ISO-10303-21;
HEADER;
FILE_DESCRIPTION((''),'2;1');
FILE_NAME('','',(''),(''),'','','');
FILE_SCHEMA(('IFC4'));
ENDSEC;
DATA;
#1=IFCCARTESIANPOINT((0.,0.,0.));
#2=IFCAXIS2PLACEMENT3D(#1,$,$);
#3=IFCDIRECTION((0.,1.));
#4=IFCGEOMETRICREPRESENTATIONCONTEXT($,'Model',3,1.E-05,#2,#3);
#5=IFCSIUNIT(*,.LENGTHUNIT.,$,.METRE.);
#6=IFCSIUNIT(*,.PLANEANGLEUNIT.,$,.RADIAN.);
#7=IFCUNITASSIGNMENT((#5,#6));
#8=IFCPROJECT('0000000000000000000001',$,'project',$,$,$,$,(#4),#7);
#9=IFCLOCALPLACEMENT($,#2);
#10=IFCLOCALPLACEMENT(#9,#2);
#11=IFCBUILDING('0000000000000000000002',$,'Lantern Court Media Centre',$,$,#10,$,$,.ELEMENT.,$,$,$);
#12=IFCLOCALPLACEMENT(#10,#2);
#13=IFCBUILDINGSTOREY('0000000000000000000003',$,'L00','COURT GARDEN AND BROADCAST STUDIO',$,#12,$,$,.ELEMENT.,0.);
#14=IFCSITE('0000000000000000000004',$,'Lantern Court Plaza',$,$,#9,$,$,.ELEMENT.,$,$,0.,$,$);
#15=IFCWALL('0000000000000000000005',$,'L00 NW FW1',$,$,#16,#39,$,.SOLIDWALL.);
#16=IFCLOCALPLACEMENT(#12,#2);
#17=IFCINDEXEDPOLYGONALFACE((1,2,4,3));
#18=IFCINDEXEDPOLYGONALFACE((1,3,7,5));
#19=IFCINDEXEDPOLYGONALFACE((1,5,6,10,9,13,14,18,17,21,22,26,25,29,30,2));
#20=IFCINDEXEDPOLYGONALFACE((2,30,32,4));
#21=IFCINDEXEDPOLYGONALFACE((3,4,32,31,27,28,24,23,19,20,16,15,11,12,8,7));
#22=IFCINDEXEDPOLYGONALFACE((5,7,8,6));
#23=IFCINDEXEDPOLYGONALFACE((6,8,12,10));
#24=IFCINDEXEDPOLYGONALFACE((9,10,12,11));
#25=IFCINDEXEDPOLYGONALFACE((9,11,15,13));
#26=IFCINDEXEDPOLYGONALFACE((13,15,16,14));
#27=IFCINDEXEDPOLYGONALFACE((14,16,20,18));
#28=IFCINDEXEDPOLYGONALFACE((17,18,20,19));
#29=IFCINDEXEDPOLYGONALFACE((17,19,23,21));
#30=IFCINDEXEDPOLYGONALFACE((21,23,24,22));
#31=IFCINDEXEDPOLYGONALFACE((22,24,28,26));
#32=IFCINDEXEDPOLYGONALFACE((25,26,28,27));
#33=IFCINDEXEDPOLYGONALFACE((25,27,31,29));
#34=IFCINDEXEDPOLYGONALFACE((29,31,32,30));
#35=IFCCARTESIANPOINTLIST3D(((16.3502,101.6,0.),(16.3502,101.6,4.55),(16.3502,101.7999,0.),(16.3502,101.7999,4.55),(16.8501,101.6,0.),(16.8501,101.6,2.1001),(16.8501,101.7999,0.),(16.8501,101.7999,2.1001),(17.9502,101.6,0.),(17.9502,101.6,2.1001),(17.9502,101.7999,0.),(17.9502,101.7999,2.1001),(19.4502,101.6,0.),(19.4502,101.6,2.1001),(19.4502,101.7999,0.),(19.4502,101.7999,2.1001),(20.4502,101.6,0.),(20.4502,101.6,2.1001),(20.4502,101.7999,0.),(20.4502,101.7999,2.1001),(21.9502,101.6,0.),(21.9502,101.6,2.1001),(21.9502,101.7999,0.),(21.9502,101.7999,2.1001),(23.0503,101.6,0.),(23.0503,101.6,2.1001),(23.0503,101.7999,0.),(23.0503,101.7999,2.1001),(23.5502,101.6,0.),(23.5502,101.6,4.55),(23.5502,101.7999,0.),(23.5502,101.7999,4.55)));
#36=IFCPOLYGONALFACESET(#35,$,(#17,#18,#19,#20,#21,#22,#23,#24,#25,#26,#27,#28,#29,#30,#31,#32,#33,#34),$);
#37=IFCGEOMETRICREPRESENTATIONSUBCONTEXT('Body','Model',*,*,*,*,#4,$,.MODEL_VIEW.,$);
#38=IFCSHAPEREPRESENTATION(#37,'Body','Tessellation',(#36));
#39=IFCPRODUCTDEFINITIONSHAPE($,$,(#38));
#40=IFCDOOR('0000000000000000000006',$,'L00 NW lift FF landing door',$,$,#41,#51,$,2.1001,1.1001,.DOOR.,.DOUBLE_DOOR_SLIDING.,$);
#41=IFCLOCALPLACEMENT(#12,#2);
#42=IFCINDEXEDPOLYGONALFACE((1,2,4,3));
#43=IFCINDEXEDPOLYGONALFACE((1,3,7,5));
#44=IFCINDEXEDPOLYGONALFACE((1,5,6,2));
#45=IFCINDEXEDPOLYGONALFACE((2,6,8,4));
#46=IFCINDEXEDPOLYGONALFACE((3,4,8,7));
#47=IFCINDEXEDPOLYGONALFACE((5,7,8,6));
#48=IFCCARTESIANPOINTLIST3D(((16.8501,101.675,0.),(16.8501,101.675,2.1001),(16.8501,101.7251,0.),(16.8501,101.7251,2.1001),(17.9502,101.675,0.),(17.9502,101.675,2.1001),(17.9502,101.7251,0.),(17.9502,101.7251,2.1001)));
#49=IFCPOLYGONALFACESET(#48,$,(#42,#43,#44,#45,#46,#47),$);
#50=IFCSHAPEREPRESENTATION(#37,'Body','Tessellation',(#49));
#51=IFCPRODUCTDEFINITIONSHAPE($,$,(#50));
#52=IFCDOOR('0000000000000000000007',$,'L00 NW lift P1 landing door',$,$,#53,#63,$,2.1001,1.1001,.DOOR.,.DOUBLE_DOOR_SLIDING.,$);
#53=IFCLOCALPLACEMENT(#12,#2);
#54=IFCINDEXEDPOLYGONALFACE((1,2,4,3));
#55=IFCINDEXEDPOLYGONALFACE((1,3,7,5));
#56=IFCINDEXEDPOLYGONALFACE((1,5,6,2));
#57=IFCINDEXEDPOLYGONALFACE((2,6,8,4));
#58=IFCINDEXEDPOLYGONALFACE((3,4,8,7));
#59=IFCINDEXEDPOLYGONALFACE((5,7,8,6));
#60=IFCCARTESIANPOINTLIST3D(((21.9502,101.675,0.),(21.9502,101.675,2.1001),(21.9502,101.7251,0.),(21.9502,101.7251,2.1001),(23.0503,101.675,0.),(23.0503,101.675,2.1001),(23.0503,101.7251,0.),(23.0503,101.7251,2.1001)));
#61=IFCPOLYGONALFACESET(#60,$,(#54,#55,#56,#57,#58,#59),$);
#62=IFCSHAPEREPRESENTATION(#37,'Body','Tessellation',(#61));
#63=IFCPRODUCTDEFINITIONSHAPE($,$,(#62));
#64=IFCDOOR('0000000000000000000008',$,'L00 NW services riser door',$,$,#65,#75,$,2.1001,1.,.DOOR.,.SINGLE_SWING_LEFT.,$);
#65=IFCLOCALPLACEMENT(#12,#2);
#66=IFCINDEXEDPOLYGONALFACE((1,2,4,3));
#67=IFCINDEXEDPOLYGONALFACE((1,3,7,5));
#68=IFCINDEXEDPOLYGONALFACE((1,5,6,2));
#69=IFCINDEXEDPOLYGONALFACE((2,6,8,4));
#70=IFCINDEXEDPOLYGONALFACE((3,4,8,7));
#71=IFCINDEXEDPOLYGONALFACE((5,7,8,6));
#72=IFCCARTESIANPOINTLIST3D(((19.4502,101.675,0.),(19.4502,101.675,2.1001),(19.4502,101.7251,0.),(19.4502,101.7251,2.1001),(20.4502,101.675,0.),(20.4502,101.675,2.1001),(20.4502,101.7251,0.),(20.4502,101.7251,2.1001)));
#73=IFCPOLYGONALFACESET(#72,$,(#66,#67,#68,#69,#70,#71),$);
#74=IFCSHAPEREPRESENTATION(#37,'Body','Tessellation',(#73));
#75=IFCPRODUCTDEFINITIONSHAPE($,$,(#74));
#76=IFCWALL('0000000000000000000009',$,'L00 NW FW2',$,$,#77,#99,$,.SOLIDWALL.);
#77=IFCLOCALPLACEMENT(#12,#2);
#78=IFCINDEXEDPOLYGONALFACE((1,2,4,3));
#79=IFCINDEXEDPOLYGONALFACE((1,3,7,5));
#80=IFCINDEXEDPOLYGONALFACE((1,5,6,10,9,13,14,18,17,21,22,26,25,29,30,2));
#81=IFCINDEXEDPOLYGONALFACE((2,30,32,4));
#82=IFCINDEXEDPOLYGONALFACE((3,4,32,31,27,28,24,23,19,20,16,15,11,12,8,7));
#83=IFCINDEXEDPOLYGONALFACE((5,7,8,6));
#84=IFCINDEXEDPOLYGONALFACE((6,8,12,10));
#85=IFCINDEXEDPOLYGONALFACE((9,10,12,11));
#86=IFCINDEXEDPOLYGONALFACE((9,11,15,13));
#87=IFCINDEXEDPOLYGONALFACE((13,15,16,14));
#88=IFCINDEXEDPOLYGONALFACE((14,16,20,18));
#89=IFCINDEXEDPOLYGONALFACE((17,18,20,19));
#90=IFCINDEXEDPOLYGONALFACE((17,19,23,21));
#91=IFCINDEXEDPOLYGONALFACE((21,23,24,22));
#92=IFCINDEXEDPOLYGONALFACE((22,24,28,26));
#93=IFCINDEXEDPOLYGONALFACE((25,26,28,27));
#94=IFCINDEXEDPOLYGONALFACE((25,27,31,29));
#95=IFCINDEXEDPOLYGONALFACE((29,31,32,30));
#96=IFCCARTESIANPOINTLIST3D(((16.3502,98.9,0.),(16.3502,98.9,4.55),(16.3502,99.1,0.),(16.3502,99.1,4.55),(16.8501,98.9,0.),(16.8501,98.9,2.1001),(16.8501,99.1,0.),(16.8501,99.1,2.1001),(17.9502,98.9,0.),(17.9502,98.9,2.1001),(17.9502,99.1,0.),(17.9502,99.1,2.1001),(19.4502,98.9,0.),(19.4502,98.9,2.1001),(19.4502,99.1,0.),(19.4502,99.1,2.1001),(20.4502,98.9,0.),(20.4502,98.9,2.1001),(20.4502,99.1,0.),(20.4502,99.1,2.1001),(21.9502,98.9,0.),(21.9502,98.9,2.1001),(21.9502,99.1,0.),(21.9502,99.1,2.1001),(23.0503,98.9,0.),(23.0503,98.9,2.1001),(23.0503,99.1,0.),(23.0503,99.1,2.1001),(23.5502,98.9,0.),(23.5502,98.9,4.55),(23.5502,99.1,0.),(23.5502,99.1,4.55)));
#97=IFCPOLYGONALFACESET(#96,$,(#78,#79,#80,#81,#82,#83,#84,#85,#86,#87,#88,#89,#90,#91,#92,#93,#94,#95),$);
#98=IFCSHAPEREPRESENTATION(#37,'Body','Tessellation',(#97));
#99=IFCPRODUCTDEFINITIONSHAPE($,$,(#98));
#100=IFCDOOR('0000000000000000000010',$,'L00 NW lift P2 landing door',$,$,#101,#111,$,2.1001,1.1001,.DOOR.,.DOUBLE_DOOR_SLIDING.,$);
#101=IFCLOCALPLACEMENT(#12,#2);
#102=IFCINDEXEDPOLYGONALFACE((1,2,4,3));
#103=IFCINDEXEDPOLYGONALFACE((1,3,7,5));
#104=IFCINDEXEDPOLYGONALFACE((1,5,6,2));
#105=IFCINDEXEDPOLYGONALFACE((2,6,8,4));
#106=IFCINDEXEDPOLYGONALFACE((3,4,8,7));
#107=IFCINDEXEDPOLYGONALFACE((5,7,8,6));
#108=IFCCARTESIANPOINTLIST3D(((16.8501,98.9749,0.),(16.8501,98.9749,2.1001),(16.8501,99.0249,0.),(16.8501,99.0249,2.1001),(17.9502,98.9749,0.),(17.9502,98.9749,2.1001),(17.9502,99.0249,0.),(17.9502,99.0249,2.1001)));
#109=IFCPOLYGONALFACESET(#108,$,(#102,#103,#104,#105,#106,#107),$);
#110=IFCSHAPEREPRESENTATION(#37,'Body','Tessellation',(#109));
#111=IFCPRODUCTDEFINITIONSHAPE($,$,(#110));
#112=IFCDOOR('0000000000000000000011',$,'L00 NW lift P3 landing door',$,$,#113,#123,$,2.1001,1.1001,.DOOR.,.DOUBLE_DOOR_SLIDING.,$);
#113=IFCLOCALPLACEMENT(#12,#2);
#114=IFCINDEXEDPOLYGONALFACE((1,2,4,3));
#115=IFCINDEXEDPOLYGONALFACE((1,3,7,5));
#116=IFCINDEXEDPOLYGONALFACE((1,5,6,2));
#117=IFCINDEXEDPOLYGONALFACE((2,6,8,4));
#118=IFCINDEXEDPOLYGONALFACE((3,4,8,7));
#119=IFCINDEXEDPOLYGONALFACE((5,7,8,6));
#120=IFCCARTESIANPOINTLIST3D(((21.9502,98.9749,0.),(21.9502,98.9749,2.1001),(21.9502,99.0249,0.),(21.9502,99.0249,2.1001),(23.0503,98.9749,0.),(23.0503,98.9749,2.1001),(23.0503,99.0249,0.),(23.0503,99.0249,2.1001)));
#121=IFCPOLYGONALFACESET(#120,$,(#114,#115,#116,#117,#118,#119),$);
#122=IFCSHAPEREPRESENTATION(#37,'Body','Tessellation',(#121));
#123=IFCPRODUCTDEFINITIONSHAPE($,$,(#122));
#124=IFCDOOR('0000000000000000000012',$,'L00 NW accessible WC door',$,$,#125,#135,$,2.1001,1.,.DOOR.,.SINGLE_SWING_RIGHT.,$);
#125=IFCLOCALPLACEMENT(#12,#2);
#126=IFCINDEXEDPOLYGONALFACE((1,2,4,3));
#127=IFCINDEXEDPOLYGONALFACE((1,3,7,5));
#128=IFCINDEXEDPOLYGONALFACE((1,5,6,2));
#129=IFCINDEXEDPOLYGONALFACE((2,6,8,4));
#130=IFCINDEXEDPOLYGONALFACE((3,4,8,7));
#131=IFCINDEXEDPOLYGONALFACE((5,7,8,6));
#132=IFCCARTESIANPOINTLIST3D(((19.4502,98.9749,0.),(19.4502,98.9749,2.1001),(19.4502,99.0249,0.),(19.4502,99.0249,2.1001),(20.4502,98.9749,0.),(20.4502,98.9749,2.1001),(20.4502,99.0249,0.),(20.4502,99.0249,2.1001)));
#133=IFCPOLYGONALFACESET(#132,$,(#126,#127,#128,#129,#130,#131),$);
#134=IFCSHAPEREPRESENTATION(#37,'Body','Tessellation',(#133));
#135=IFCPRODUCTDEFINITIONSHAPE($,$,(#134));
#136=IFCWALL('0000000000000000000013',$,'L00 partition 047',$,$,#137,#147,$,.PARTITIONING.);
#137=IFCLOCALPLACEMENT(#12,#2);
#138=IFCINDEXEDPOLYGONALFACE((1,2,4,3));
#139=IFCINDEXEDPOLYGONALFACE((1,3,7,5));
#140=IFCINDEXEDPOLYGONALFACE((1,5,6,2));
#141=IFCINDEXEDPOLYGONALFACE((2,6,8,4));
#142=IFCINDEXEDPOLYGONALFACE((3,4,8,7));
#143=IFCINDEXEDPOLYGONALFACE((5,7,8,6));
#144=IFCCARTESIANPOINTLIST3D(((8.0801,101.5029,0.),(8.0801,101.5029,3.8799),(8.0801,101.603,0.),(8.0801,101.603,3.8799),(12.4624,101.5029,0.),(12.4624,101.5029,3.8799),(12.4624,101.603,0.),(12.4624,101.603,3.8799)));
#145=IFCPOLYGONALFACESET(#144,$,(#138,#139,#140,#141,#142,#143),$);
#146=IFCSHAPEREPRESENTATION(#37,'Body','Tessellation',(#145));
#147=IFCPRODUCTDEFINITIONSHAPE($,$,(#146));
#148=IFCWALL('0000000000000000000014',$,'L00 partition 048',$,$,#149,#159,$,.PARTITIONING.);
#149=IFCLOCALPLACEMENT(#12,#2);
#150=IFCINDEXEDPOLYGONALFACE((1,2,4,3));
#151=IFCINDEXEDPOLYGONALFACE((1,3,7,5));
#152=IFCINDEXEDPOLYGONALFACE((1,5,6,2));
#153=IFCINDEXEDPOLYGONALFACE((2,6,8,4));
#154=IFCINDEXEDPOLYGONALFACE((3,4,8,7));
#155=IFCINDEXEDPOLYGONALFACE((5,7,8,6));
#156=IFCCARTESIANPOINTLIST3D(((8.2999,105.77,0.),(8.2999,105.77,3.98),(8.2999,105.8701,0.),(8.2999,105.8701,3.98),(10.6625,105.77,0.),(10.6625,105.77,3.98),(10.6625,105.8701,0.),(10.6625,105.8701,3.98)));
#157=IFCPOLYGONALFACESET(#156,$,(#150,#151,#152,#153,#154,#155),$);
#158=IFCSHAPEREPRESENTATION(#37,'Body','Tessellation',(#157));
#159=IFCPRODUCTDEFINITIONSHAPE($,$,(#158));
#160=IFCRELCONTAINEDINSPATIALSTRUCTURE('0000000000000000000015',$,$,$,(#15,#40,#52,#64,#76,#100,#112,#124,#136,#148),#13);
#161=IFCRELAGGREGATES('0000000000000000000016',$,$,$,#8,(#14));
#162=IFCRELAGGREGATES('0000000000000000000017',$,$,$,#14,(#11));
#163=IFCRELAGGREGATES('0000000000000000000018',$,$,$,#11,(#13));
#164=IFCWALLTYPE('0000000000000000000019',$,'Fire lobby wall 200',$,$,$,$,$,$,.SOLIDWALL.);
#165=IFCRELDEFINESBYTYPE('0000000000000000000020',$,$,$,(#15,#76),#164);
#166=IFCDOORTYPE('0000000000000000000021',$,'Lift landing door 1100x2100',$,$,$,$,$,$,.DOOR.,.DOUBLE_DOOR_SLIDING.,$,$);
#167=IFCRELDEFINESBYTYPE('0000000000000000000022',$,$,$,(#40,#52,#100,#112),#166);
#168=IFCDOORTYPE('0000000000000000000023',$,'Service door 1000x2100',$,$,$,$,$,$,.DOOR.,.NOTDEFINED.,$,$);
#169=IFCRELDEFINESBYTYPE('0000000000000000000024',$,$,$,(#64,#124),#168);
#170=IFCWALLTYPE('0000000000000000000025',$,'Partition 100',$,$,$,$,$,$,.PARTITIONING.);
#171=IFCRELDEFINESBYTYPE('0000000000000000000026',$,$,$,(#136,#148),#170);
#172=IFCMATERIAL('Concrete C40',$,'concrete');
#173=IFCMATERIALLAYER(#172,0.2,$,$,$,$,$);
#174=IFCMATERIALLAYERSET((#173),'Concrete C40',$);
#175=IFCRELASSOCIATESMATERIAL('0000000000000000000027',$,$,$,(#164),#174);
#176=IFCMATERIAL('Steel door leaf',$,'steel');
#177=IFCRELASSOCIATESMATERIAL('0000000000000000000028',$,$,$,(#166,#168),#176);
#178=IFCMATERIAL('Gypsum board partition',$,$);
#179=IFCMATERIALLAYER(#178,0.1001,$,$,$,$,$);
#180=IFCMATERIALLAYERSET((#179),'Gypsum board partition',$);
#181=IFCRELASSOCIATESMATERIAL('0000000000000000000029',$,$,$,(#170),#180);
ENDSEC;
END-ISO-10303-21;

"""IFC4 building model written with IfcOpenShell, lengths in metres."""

from ifc_helpers import new_model, si_unit, direction, frame, frame_2d, origin, place, context, subcontext, project, spatial, rectangle, extrude, material, layer, layer_set, type_object, element, fill, save


model = new_model("IFC4")

# Units and contexts
model_context = context("Model", 3, precision=1e-05, world=origin(), true_north=direction((0.0, 1.0)))
body_context = subcontext(model_context, "Body", "Model", "MODEL_VIEW")
ifc_project = project(units=[si_unit("LENGTHUNIT", "METRE"), si_unit("PLANEANGLEUNIT", "RADIAN")], contexts=[model_context])

# Site, building, storey
site_placement = place(None, origin())
site = spatial("IfcSite", under=ifc_project, at=site_placement, Name="Lantern Court Plaza", CompositionType="ELEMENT", RefElevation=0.0)
building_placement = place(site_placement, origin())
building = spatial("IfcBuilding", under=site, at=building_placement, Name="Lantern Court Media Centre", CompositionType="ELEMENT")
storey_placement = place(building_placement, origin())
storey = spatial("IfcBuildingStorey", under=building, at=storey_placement, Name="L00", Description="COURT GARDEN AND BROADCAST STUDIO", CompositionType="ELEMENT", Elevation=0.0)

# Shared definitions
ifc_material_1 = material(Name="Gypsum board partition")

# Walls, openings, doors
ifc_material_2 = material(Name="Concrete C40", Category="concrete")
ifc_layer_1 = layer(ifc_material_2, 0.2)
ifc_layer_set_1 = layer_set([ifc_layer_1], Name="Concrete C40")
wall_type_1 = type_object("IfcWallType", Name="Fire lobby wall 200", PredefinedType="SOLIDWALL", material=ifc_layer_set_1)
wall_1_placement = place(storey_placement, frame((16.3501, 101.7, 0.0), z_axis=(0.0, 0.0, 1.0), x_axis=(1.0, 0.0, 0.0)))
wall_1 = element("IfcWall", 1, at=wall_1_placement, inside=storey, type_object=wall_type_1, Name="L00 NW FW1", PredefinedType="SOLIDWALL", context=body_context, shape_type="SweptSolid", body=[
    extrude(rectangle(XDim=7.2, YDim=0.2, at=frame_2d((3.6001, 0.0))), origin(), (0.0, 0.0, 1.0), 4.55),
])
opening_1_placement = place(wall_1_placement, frame((0.5, 0.0, 0.0)))
opening_1 = element("IfcOpeningElement", 2, at=opening_1_placement, cuts=wall_1, PredefinedType="OPENING", context=body_context, shape_type="SweptSolid", body=[
    extrude(rectangle(XDim=1.1001, YDim=2.1001, at=frame_2d((0.55, 1.05))), frame((0.0, 0.1099, 0.0), z_axis=(0.0, -1.0, 0.0), x_axis=(1.0, 0.0, 0.0)), (0.0, 0.0, 1.0), 0.22),
])
opening_2_placement = place(wall_1_placement, frame((5.6001, 0.0, 0.0)))
opening_2 = element("IfcOpeningElement", 3, at=opening_2_placement, cuts=wall_1, PredefinedType="OPENING", context=body_context, shape_type="SweptSolid", body=[
    extrude(rectangle(XDim=1.1001, YDim=2.1001, at=frame_2d((0.55, 1.05))), frame((0.0, 0.1099, 0.0), z_axis=(0.0, -1.0, 0.0), x_axis=(1.0, 0.0, 0.0)), (0.0, 0.0, 1.0), 0.22),
])
opening_3_placement = place(wall_1_placement, frame((3.1001, 0.0, 0.0)))
opening_3 = element("IfcOpeningElement", 4, at=opening_3_placement, cuts=wall_1, PredefinedType="OPENING", context=body_context, shape_type="SweptSolid", body=[
    extrude(rectangle(XDim=1.0, YDim=2.1001, at=frame_2d((0.5, 1.05))), frame((0.0, 0.1099, 0.0), z_axis=(0.0, -1.0, 0.0), x_axis=(1.0, 0.0, 0.0)), (0.0, 0.0, 1.0), 0.22),
])
ifc_material_3 = material(Name="Steel door leaf", Category="steel")
door_type_1 = type_object("IfcDoorType", Name="Lift landing door 1100x2100", OperationType="DOUBLE_DOOR_SLIDING", PredefinedType="DOOR", material=ifc_material_3)
door_1_placement = place(opening_1_placement, frame((1.1001, 0.0, 0.0), z_axis=(0.0, 0.0, 1.0), x_axis=(-1.0, 0.0, 0.0)))
door_1 = element("IfcDoor", 5, at=door_1_placement, inside=storey, type_object=door_type_1, Name="L00 NW lift FF landing door", OperationType="DOUBLE_DOOR_SLIDING", OverallHeight=2.1001, OverallWidth=1.1001, PredefinedType="DOOR", context=body_context, shape_type="SweptSolid", body=[
    extrude(rectangle(XDim=1.1001, YDim=2.1001, at=frame_2d((0.55, 1.05))), frame((0.0, 0.0249, 0.0), z_axis=(0.0, -1.0, 0.0), x_axis=(1.0, 0.0, 0.0)), (0.0, 0.0, 1.0), 0.05),
])
fill(opening_1, door_1)
door_2_placement = place(opening_2_placement, frame((1.1001, 0.0, 0.0), z_axis=(0.0, 0.0, 1.0), x_axis=(-1.0, 0.0, 0.0)))
door_2 = element("IfcDoor", 6, at=door_2_placement, inside=storey, type_object=door_type_1, Name="L00 NW lift P1 landing door", OperationType="DOUBLE_DOOR_SLIDING", OverallHeight=2.1001, OverallWidth=1.1001, PredefinedType="DOOR", context=body_context, shape_type="SweptSolid", body=[
    extrude(rectangle(XDim=1.1001, YDim=2.1001, at=frame_2d((0.55, 1.05))), frame((0.0, 0.0249, 0.0), z_axis=(0.0, -1.0, 0.0), x_axis=(1.0, 0.0, 0.0)), (0.0, 0.0, 1.0), 0.05),
])
fill(opening_2, door_2)
door_type_2 = type_object("IfcDoorType", Name="Service door 1000x2100", OperationType="NOTDEFINED", PredefinedType="DOOR", material=ifc_material_3)
door_3_placement = place(opening_3_placement, frame((1.0, 0.0, 0.0), z_axis=(0.0, 0.0, 1.0), x_axis=(-1.0, 0.0, 0.0)))
door_3 = element("IfcDoor", 7, at=door_3_placement, inside=storey, type_object=door_type_2, Name="L00 NW services riser door", OperationType="SINGLE_SWING_LEFT", OverallHeight=2.1001, OverallWidth=1.0, PredefinedType="DOOR", context=body_context, shape_type="SweptSolid", body=[
    extrude(rectangle(XDim=1.0, YDim=2.1001, at=frame_2d((0.5, 1.05))), frame((0.0, 0.0249, 0.0), z_axis=(0.0, -1.0, 0.0), x_axis=(1.0, 0.0, 0.0)), (0.0, 0.0, 1.0), 0.05),
])
fill(opening_3, door_3)
wall_2_placement = place(storey_placement, frame((16.3501, 99.0, 0.0), z_axis=(0.0, 0.0, 1.0), x_axis=(1.0, 0.0, 0.0)))
wall_2 = element("IfcWall", 8, at=wall_2_placement, inside=storey, type_object=wall_type_1, Name="L00 NW FW2", PredefinedType="SOLIDWALL", context=body_context, shape_type="SweptSolid", body=[
    extrude(rectangle(XDim=7.2, YDim=0.2, at=frame_2d((3.6001, 0.0))), origin(), (0.0, 0.0, 1.0), 4.55),
])
opening_4_placement = place(wall_2_placement, frame((0.5, 0.0, 0.0)))
opening_4 = element("IfcOpeningElement", 9, at=opening_4_placement, cuts=wall_2, PredefinedType="OPENING", context=body_context, shape_type="SweptSolid", body=[
    extrude(rectangle(XDim=1.1001, YDim=2.1001, at=frame_2d((0.55, 1.05))), frame((0.0, 0.1099, 0.0), z_axis=(0.0, -1.0, 0.0), x_axis=(1.0, 0.0, 0.0)), (0.0, 0.0, 1.0), 0.22),
])
opening_5_placement = place(wall_2_placement, frame((5.6001, 0.0, 0.0)))
opening_5 = element("IfcOpeningElement", 10, at=opening_5_placement, cuts=wall_2, PredefinedType="OPENING", context=body_context, shape_type="SweptSolid", body=[
    extrude(rectangle(XDim=1.1001, YDim=2.1001, at=frame_2d((0.55, 1.05))), frame((0.0, 0.1099, 0.0), z_axis=(0.0, -1.0, 0.0), x_axis=(1.0, 0.0, 0.0)), (0.0, 0.0, 1.0), 0.22),
])
opening_6_placement = place(wall_2_placement, frame((3.1001, 0.0, 0.0)))
opening_6 = element("IfcOpeningElement", 11, at=opening_6_placement, cuts=wall_2, PredefinedType="OPENING", context=body_context, shape_type="SweptSolid", body=[
    extrude(rectangle(XDim=1.0, YDim=2.1001, at=frame_2d((0.5, 1.05))), frame((0.0, 0.1099, 0.0), z_axis=(0.0, -1.0, 0.0), x_axis=(1.0, 0.0, 0.0)), (0.0, 0.0, 1.0), 0.22),
])
door_4_placement = place(opening_4_placement, origin())
door_4 = element("IfcDoor", 12, at=door_4_placement, inside=storey, type_object=door_type_1, Name="L00 NW lift P2 landing door", OperationType="DOUBLE_DOOR_SLIDING", OverallHeight=2.1001, OverallWidth=1.1001, PredefinedType="DOOR", context=body_context, shape_type="SweptSolid", body=[
    extrude(rectangle(XDim=1.1001, YDim=2.1001, at=frame_2d((0.55, 1.05))), frame((0.0, 0.0249, 0.0), z_axis=(0.0, -1.0, 0.0), x_axis=(1.0, 0.0, 0.0)), (0.0, 0.0, 1.0), 0.05),
])
fill(opening_4, door_4)
door_5_placement = place(opening_5_placement, origin())
door_5 = element("IfcDoor", 13, at=door_5_placement, inside=storey, type_object=door_type_1, Name="L00 NW lift P3 landing door", OperationType="DOUBLE_DOOR_SLIDING", OverallHeight=2.1001, OverallWidth=1.1001, PredefinedType="DOOR", context=body_context, shape_type="SweptSolid", body=[
    extrude(rectangle(XDim=1.1001, YDim=2.1001, at=frame_2d((0.55, 1.05))), frame((0.0, 0.0249, 0.0), z_axis=(0.0, -1.0, 0.0), x_axis=(1.0, 0.0, 0.0)), (0.0, 0.0, 1.0), 0.05),
])
fill(opening_5, door_5)
door_6_placement = place(opening_6_placement, origin())
door_6 = element("IfcDoor", 14, at=door_6_placement, inside=storey, type_object=door_type_2, Name="L00 NW accessible WC door", OperationType="SINGLE_SWING_RIGHT", OverallHeight=2.1001, OverallWidth=1.0, PredefinedType="DOOR", context=body_context, shape_type="SweptSolid", body=[
    extrude(rectangle(XDim=1.0, YDim=2.1001, at=frame_2d((0.5, 1.05))), frame((0.0, 0.0249, 0.0), z_axis=(0.0, -1.0, 0.0), x_axis=(1.0, 0.0, 0.0)), (0.0, 0.0, 1.0), 0.05),
])
fill(opening_6, door_6)

# Walls
ifc_layer_2 = layer(ifc_material_1, 0.1001)
ifc_layer_set_2 = layer_set([ifc_layer_2], Name="Gypsum board partition")
wall_type_2 = type_object("IfcWallType", Name="Partition 100", PredefinedType="PARTITIONING", material=ifc_layer_set_2)
wall_3_placement = place(storey_placement, frame((8.0801, 101.553, 0.0), z_axis=(0.0, 0.0, 1.0), x_axis=(1.0, 0.0, 0.0)))
element("IfcWall", 15, at=wall_3_placement, inside=storey, type_object=wall_type_2, Name="L00 partition 047", PredefinedType="PARTITIONING", context=body_context, shape_type="SweptSolid", body=[
    extrude(rectangle(XDim=4.3823, YDim=0.1001, at=frame_2d((2.1912, 0.0))), origin(), (0.0, 0.0, 1.0), 3.8799),
])
wall_4_placement = place(storey_placement, frame((8.3, 105.8201, 0.0), z_axis=(0.0, 0.0, 1.0), x_axis=(1.0, 0.0, 0.0)))
element("IfcWall", 16, at=wall_4_placement, inside=storey, type_object=wall_type_2, Name="L00 partition 048", PredefinedType="PARTITIONING", context=body_context, shape_type="SweptSolid", body=[
    extrude(rectangle(XDim=2.3625, YDim=0.1001, at=frame_2d((1.1812, 0.0))), origin(), (0.0, 0.0, 1.0), 3.98),
])

save(model, "model.ifc")
